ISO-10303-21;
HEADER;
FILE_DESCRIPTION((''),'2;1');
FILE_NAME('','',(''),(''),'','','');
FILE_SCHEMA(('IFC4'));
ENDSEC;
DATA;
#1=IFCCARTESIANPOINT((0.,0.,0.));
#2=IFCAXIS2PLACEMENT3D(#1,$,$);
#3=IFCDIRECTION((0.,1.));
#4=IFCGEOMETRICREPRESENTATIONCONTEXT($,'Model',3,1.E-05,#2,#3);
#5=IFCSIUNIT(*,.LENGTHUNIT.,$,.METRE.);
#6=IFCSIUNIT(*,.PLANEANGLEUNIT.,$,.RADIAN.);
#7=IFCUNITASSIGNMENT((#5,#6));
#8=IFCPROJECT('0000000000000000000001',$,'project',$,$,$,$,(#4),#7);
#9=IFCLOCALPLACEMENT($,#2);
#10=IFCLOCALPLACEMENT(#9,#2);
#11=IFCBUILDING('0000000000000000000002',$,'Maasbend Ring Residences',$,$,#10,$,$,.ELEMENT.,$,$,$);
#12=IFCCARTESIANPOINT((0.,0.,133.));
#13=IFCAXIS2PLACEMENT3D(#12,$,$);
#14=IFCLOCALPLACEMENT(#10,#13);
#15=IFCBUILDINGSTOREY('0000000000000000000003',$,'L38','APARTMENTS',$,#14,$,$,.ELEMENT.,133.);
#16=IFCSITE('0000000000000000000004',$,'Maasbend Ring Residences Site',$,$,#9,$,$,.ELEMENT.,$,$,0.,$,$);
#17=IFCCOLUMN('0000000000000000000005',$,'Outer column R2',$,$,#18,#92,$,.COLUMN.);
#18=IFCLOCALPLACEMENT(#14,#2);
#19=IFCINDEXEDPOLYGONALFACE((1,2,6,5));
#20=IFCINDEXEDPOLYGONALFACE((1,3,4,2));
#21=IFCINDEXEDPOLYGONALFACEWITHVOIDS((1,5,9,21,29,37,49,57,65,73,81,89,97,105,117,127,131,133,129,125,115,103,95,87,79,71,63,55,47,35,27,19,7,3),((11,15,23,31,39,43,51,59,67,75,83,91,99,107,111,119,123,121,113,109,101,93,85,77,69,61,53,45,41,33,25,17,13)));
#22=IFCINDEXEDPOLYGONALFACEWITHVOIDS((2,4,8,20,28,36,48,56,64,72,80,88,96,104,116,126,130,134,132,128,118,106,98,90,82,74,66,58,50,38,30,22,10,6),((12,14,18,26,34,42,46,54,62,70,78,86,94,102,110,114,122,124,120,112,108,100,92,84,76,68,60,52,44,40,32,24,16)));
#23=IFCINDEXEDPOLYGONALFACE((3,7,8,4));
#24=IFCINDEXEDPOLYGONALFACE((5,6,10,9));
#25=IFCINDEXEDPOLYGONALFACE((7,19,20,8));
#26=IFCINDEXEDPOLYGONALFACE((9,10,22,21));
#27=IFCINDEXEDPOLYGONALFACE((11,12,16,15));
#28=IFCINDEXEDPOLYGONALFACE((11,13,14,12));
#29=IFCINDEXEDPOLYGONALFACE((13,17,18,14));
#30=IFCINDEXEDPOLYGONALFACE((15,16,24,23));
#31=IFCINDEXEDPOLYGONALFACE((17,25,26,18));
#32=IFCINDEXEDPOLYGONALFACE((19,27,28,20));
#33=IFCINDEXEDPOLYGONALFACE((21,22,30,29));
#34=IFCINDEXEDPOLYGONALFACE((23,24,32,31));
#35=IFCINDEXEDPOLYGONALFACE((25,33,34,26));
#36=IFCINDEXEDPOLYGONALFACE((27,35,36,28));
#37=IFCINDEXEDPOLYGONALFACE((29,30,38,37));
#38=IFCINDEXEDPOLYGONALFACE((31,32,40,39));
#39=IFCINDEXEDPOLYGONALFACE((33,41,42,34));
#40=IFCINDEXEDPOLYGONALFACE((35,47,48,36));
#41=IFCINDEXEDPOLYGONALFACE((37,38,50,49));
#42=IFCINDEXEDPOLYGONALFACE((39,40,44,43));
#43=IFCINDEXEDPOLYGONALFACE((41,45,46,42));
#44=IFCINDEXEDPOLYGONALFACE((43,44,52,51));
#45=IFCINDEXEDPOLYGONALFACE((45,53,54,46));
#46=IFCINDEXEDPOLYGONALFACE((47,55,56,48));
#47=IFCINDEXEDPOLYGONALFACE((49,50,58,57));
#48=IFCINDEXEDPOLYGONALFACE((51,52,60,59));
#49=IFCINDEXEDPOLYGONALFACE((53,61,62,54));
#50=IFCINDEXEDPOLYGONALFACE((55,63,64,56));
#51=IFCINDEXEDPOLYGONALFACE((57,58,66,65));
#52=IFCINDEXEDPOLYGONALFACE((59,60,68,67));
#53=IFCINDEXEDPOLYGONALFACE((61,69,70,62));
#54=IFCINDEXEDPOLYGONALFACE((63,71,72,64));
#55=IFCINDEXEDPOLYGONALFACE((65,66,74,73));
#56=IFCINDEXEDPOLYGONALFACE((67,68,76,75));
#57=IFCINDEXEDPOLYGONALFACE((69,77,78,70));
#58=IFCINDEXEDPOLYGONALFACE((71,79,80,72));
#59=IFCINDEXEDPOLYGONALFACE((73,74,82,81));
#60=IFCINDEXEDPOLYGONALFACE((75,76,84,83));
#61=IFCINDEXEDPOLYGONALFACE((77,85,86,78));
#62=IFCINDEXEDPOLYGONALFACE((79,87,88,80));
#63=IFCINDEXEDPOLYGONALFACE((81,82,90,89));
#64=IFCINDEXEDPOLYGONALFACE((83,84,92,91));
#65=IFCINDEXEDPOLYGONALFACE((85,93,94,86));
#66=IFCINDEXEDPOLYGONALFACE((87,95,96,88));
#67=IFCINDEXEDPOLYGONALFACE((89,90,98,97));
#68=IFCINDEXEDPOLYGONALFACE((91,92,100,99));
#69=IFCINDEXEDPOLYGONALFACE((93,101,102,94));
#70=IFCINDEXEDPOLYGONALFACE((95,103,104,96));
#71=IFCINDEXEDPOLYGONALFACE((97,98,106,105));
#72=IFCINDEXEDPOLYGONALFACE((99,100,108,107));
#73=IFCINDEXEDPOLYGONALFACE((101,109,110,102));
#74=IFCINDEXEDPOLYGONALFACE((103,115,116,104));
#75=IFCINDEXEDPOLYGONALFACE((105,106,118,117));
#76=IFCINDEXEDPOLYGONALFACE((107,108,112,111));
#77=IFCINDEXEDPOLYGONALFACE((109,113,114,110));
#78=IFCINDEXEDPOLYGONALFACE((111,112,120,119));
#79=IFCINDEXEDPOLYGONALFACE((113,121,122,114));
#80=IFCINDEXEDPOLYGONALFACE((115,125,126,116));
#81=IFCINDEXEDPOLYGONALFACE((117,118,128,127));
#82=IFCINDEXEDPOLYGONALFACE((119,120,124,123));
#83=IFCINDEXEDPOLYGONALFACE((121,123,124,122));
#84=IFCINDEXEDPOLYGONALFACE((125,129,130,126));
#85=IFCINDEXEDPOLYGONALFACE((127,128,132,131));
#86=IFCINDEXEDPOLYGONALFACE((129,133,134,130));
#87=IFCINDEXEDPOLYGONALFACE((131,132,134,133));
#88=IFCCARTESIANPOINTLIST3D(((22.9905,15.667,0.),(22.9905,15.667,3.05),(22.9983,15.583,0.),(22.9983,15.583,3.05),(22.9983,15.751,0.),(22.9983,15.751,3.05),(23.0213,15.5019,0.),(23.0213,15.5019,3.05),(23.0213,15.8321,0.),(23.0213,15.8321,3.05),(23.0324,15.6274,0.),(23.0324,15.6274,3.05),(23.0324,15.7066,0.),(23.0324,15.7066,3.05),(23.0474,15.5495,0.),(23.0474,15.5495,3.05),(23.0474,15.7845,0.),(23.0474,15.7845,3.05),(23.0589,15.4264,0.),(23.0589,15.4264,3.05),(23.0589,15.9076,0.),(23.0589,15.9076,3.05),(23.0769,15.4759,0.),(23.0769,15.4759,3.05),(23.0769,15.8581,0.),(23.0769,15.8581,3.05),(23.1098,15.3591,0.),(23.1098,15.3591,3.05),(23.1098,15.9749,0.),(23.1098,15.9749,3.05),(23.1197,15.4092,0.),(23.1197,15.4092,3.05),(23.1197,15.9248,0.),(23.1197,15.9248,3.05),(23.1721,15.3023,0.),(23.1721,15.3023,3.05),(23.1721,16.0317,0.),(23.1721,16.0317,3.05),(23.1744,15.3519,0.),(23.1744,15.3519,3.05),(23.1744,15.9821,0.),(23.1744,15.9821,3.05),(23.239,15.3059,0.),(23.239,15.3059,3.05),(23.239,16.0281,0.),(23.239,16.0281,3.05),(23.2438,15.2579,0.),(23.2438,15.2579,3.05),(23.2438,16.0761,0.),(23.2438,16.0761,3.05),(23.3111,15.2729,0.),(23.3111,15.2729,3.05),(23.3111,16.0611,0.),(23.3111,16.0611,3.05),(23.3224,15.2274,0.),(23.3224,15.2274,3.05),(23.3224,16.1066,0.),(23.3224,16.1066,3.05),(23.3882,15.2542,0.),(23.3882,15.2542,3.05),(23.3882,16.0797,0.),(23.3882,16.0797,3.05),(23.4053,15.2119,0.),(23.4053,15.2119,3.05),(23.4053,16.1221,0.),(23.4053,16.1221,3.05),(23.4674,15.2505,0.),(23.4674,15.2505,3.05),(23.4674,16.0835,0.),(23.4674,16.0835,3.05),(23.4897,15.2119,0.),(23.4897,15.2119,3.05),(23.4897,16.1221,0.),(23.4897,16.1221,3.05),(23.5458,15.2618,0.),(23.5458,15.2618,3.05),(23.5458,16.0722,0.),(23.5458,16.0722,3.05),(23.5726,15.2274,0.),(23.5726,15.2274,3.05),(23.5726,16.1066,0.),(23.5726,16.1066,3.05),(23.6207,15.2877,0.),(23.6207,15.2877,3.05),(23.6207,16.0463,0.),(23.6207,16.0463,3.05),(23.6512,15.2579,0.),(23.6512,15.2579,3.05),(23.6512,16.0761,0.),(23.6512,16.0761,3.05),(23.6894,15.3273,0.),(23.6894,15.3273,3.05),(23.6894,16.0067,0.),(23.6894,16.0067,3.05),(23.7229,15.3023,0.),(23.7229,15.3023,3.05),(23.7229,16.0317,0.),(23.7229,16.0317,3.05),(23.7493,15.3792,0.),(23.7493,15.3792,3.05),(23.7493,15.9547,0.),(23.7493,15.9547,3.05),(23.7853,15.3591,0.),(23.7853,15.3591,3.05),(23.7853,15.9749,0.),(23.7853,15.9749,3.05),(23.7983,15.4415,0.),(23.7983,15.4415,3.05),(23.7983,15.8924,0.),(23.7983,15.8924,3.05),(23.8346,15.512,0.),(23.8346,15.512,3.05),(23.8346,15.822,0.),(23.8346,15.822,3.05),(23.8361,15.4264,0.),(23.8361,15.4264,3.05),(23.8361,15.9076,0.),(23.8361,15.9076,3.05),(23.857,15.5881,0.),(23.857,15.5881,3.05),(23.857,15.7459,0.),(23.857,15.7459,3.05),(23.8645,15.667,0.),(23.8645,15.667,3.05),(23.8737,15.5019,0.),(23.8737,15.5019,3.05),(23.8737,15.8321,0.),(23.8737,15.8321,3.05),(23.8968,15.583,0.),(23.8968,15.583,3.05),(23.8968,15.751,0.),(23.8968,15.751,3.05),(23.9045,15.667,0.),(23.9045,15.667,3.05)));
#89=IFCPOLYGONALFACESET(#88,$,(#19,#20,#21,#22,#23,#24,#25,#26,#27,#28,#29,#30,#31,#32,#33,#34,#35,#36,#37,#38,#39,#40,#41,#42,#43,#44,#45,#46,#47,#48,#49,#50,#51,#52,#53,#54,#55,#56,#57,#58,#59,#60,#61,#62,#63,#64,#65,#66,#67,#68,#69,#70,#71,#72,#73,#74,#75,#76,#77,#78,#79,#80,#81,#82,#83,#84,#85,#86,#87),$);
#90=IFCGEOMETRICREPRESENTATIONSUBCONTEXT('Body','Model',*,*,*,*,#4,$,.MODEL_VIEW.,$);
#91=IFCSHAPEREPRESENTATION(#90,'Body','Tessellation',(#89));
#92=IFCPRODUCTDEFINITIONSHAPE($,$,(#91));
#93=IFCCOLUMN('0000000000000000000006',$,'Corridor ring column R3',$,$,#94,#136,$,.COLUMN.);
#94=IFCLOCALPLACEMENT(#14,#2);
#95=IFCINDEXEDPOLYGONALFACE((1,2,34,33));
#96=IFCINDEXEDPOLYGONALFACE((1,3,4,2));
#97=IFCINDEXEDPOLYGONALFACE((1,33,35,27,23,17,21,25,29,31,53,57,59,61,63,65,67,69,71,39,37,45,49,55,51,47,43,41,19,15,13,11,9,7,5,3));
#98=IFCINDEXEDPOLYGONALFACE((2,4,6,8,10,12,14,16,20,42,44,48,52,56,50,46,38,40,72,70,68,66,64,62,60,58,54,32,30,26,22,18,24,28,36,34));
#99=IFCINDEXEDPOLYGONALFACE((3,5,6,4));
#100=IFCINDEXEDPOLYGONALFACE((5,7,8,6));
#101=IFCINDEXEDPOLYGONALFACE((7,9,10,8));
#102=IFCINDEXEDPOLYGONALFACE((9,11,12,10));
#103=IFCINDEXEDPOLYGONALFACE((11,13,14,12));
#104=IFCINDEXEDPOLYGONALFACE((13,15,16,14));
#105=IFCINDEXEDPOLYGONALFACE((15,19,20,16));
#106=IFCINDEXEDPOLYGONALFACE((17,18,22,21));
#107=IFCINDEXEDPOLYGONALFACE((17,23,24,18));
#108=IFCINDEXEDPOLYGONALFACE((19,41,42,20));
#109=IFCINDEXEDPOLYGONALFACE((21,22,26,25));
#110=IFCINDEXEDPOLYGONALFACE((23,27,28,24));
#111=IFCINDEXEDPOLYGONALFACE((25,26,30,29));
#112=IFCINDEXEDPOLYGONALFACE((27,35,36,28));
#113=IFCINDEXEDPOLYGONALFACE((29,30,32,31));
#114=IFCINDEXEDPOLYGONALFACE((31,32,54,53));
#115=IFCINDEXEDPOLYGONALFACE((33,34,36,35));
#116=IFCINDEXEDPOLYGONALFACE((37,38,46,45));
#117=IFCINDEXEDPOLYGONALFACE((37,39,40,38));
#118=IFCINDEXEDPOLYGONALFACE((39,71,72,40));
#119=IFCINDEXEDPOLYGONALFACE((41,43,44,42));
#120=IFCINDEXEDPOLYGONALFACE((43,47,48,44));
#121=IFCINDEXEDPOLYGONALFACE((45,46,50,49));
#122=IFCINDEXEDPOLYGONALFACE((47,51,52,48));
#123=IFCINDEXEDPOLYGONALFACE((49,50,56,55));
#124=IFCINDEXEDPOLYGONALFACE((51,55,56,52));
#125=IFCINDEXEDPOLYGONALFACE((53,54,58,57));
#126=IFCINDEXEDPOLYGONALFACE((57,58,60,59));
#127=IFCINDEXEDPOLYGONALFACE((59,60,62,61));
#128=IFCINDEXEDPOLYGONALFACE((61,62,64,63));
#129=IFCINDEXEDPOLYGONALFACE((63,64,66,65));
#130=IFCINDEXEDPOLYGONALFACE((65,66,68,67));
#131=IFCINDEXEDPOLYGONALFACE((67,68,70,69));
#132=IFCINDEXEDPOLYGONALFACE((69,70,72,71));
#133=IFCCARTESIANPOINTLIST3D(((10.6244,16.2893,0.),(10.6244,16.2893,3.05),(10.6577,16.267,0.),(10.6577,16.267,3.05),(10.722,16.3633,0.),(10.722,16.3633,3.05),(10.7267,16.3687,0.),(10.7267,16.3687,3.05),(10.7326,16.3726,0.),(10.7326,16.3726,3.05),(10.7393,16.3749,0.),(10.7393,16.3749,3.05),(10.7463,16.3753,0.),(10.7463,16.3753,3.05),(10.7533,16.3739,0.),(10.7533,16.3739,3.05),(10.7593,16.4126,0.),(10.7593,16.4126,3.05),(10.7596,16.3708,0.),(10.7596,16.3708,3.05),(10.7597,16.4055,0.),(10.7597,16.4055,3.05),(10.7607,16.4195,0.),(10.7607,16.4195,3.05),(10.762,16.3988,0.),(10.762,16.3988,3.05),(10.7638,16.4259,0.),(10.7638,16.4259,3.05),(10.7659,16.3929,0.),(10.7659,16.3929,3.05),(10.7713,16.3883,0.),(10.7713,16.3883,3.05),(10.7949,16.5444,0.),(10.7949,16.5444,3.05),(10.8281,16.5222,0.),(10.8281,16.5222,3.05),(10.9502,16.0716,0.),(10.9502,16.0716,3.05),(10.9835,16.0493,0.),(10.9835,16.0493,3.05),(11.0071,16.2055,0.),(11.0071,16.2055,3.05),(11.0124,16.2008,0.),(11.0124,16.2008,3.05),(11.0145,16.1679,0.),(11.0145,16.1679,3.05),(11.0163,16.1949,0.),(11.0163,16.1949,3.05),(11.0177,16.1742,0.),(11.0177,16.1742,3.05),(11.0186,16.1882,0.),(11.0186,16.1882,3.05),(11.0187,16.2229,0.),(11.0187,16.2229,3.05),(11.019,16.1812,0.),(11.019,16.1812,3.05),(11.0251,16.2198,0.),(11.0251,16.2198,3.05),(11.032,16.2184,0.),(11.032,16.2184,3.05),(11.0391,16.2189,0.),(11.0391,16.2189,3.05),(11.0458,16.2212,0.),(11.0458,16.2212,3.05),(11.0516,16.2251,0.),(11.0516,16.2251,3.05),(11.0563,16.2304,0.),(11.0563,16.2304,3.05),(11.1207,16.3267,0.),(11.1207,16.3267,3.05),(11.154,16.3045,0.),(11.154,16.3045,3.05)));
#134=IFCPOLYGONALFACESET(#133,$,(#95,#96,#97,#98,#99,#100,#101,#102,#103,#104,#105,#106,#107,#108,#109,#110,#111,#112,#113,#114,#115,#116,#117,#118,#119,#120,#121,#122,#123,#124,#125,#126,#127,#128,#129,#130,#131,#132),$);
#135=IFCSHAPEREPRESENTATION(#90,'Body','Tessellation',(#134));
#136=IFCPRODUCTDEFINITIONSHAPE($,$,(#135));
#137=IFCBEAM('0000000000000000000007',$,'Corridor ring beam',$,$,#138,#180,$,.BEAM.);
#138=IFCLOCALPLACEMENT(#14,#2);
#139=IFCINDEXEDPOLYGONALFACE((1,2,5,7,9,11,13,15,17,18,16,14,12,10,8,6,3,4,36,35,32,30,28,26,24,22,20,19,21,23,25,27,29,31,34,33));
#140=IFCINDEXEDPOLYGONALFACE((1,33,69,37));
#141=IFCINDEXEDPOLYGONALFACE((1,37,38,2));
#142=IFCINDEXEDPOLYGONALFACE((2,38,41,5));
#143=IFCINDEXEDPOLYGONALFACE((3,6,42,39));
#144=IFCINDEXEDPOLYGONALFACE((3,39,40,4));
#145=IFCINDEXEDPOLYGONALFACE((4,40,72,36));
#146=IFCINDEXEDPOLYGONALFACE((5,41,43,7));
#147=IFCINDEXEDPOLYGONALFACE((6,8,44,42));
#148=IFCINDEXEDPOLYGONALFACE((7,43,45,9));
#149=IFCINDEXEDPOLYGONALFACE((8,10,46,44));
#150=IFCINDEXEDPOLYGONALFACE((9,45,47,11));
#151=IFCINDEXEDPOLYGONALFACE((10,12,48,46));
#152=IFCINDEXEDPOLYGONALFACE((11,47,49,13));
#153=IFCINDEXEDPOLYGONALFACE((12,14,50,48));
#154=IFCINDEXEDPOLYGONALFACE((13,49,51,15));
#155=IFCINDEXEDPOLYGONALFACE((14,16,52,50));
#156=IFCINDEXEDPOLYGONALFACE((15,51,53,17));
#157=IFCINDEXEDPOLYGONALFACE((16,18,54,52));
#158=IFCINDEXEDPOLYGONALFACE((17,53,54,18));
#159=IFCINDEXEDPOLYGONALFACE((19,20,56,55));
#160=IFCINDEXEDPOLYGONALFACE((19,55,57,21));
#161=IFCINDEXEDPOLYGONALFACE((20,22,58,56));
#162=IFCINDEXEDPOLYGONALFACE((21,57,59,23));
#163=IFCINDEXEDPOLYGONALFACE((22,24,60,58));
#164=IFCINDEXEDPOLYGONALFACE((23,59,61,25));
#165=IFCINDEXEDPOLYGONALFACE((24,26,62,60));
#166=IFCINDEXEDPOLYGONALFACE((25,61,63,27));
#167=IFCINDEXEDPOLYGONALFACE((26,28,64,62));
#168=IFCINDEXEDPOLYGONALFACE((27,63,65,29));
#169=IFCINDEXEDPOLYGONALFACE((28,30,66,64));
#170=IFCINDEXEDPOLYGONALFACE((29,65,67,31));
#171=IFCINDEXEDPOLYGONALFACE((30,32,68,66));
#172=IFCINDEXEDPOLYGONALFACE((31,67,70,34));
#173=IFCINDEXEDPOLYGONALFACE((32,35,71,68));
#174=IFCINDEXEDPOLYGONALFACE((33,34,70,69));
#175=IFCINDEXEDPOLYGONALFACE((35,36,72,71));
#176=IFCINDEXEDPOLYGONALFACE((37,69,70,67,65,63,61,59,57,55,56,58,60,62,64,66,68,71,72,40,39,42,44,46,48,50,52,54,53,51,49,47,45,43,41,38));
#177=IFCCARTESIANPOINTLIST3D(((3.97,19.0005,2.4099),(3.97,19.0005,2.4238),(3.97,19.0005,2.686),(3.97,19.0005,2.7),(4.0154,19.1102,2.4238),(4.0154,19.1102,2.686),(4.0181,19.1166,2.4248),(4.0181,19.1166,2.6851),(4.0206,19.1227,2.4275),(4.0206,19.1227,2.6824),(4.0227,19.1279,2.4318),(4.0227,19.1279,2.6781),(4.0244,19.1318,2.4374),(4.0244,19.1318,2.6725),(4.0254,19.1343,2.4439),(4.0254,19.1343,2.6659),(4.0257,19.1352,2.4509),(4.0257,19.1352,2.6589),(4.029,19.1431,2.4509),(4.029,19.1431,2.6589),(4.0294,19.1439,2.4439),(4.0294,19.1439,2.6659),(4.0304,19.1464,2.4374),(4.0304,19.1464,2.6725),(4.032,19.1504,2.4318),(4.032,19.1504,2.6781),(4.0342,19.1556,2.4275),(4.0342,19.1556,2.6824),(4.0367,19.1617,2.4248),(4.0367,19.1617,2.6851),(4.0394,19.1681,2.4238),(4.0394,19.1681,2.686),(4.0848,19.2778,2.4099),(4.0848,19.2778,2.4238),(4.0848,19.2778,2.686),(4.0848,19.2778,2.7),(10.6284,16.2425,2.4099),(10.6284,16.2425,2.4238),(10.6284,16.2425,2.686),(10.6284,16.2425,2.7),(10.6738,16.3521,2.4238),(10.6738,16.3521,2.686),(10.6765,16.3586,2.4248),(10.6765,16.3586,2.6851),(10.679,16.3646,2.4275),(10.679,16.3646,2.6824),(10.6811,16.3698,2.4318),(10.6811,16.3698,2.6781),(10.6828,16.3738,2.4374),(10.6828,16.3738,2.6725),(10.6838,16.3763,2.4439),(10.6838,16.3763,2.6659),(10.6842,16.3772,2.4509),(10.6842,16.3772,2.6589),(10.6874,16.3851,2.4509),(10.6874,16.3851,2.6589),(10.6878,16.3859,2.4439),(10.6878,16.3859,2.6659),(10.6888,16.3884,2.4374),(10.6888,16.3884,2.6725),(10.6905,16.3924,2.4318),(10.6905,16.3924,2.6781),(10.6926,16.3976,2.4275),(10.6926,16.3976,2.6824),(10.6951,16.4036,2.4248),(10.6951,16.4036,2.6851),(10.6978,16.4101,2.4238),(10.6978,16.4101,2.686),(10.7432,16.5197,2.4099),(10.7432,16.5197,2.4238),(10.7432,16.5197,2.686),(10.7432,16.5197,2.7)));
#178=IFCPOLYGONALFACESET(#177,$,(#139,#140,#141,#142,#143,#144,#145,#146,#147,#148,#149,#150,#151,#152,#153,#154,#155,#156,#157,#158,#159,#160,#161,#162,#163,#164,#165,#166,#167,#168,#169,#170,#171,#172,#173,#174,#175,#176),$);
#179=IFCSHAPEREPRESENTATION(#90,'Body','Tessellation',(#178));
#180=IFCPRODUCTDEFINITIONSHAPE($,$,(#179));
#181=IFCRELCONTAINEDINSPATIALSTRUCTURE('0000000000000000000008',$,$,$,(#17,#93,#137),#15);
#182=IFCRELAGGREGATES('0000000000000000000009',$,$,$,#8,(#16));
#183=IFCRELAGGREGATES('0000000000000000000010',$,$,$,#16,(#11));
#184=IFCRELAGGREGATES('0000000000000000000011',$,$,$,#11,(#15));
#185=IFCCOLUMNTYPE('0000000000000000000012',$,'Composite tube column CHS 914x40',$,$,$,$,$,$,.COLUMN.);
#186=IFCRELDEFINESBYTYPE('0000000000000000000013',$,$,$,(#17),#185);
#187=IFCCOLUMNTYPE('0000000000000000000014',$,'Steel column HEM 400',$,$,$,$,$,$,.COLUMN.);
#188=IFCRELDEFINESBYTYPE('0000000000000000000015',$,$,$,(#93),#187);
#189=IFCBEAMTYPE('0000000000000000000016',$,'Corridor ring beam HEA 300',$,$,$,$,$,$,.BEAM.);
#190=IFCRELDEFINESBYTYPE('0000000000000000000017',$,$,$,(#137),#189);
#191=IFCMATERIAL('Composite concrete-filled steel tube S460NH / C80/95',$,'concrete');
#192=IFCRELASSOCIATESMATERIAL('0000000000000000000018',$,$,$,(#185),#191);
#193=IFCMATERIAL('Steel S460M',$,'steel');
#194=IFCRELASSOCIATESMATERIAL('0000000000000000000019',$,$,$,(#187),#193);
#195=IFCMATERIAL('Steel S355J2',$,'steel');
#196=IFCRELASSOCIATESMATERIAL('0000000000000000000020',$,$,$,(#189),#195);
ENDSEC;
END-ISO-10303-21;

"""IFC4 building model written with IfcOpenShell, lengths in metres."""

from ifc_helpers import new_model, si_unit, direction, frame, origin, origin_2d, place, context, subcontext, project, spatial, hollow_circle, i_section, extrude, material, material_profile, profile_set, type_object, element, save


model = new_model("IFC4")

# Units and contexts
model_context = context("Model", 3, precision=1e-05, world=origin(), true_north=direction((0.0, 1.0)))
body_context = subcontext(model_context, "Body", "Model", "MODEL_VIEW")
ifc_project = project(units=[si_unit("LENGTHUNIT", "METRE"), si_unit("PLANEANGLEUNIT", "RADIAN")], contexts=[model_context])

# Site, building, storey
site_placement = place(None, origin())
site = spatial("IfcSite", under=ifc_project, at=site_placement, Name="Maasbend Ring Residences Site", CompositionType="ELEMENT", RefElevation=0.0)
building_placement = place(site_placement, origin())
building = spatial("IfcBuilding", under=site, at=building_placement, Name="Maasbend Ring Residences", CompositionType="ELEMENT")
storey_placement = place(building_placement, frame((0.0, 0.0, 133.0)))
storey = spatial("IfcBuildingStorey", under=building, at=storey_placement, Name="L38", Description="APARTMENTS", CompositionType="ELEMENT", Elevation=133.0)

# Columns
ifc_material_1 = material(Name="Composite concrete-filled steel tube S460NH / C80/95", Category="concrete")
ifc_material_profile_1 = material_profile(ifc_material_1, hollow_circle(Radius=0.457, WallThickness=0.04, at=origin_2d()), Name="Composite tube column CHS 914x40")
ifc_profile_set_1 = profile_set([ifc_material_profile_1], Name="Composite concrete-filled steel tube S460NH / C80/95")
column_type_1 = type_object("IfcColumnType", Name="Composite tube column CHS 914x40", PredefinedType="COLUMN", material=ifc_profile_set_1)
column_1_placement = place(storey_placement, frame((23.4475, 15.667, 0.0), z_axis=(0.0, 0.0, 1.0), x_axis=(1.0, 0.0, 0.0)))
element("IfcColumn", 1, at=column_1_placement, inside=storey, type_object=column_type_1, Name="Outer column R2", PredefinedType="COLUMN", context=body_context, shape_type="SweptSolid", body=[
    extrude(hollow_circle(Radius=0.457, WallThickness=0.04, at=origin_2d()), origin(), (0.0, 0.0, 1.0), 3.05),
])
ifc_material_2 = material(Name="Steel S460M", Category="steel")
ifc_material_profile_2 = material_profile(ifc_material_2, i_section(OverallWidth=0.3069, OverallDepth=0.4319, WebThickness=0.021, FlangeThickness=0.04, FilletRadius=0.0271, at=origin_2d()), Name="HEM 400")
ifc_profile_set_2 = profile_set([ifc_material_profile_2], Name="Steel S460M")
column_type_2 = type_object("IfcColumnType", Name="Steel column HEM 400", PredefinedType="COLUMN", material=ifc_profile_set_2)
column_2_placement = place(storey_placement, frame((10.8892, 16.2969, 0.0), z_axis=(0.0, 0.0, 1.0), x_axis=(0.55557, 0.83147, 0.0)))
element("IfcColumn", 2, at=column_2_placement, inside=storey, type_object=column_type_2, Name="Corridor ring column R3", PredefinedType="COLUMN", context=body_context, shape_type="SweptSolid", body=[
    extrude(i_section(OverallWidth=0.3069, OverallDepth=0.4319, WebThickness=0.021, FlangeThickness=0.04, FilletRadius=0.0271, at=origin_2d()), origin(), (0.0, 0.0, 1.0), 3.05),
])

# Beam
ifc_material_3 = material(Name="Steel S355J2", Category="steel")
ifc_material_profile_3 = material_profile(ifc_material_3, i_section(OverallWidth=0.3, OverallDepth=0.29, WebThickness=0.0085, FlangeThickness=0.0139, FilletRadius=0.0271, at=origin_2d()), Name="HEA 300")
ifc_profile_set_3 = profile_set([ifc_material_profile_3], Name="Steel S355J2")
beam_type_1 = type_object("IfcBeamType", Name="Corridor ring beam HEA 300", PredefinedType="BEAM", material=ifc_profile_set_3)
beam_1_placement = place(storey_placement, frame((10.6858, 16.3811, 2.5549), z_axis=(-0.923878, 0.382688, 0.0), x_axis=(-0.382688, -0.923878, 0.0)))
element("IfcBeam", 3, at=beam_1_placement, inside=storey, type_object=beam_type_1, Name="Corridor ring beam", PredefinedType="BEAM", context=body_context, shape_type="SweptSolid", body=[
    extrude(i_section(OverallWidth=0.3, OverallDepth=0.29, WebThickness=0.0085, FlangeThickness=0.0139, FilletRadius=0.0271, at=origin_2d()), origin(), (0.0, 0.0, 1.0), 7.207),
])

save(model, "model.ifc")
